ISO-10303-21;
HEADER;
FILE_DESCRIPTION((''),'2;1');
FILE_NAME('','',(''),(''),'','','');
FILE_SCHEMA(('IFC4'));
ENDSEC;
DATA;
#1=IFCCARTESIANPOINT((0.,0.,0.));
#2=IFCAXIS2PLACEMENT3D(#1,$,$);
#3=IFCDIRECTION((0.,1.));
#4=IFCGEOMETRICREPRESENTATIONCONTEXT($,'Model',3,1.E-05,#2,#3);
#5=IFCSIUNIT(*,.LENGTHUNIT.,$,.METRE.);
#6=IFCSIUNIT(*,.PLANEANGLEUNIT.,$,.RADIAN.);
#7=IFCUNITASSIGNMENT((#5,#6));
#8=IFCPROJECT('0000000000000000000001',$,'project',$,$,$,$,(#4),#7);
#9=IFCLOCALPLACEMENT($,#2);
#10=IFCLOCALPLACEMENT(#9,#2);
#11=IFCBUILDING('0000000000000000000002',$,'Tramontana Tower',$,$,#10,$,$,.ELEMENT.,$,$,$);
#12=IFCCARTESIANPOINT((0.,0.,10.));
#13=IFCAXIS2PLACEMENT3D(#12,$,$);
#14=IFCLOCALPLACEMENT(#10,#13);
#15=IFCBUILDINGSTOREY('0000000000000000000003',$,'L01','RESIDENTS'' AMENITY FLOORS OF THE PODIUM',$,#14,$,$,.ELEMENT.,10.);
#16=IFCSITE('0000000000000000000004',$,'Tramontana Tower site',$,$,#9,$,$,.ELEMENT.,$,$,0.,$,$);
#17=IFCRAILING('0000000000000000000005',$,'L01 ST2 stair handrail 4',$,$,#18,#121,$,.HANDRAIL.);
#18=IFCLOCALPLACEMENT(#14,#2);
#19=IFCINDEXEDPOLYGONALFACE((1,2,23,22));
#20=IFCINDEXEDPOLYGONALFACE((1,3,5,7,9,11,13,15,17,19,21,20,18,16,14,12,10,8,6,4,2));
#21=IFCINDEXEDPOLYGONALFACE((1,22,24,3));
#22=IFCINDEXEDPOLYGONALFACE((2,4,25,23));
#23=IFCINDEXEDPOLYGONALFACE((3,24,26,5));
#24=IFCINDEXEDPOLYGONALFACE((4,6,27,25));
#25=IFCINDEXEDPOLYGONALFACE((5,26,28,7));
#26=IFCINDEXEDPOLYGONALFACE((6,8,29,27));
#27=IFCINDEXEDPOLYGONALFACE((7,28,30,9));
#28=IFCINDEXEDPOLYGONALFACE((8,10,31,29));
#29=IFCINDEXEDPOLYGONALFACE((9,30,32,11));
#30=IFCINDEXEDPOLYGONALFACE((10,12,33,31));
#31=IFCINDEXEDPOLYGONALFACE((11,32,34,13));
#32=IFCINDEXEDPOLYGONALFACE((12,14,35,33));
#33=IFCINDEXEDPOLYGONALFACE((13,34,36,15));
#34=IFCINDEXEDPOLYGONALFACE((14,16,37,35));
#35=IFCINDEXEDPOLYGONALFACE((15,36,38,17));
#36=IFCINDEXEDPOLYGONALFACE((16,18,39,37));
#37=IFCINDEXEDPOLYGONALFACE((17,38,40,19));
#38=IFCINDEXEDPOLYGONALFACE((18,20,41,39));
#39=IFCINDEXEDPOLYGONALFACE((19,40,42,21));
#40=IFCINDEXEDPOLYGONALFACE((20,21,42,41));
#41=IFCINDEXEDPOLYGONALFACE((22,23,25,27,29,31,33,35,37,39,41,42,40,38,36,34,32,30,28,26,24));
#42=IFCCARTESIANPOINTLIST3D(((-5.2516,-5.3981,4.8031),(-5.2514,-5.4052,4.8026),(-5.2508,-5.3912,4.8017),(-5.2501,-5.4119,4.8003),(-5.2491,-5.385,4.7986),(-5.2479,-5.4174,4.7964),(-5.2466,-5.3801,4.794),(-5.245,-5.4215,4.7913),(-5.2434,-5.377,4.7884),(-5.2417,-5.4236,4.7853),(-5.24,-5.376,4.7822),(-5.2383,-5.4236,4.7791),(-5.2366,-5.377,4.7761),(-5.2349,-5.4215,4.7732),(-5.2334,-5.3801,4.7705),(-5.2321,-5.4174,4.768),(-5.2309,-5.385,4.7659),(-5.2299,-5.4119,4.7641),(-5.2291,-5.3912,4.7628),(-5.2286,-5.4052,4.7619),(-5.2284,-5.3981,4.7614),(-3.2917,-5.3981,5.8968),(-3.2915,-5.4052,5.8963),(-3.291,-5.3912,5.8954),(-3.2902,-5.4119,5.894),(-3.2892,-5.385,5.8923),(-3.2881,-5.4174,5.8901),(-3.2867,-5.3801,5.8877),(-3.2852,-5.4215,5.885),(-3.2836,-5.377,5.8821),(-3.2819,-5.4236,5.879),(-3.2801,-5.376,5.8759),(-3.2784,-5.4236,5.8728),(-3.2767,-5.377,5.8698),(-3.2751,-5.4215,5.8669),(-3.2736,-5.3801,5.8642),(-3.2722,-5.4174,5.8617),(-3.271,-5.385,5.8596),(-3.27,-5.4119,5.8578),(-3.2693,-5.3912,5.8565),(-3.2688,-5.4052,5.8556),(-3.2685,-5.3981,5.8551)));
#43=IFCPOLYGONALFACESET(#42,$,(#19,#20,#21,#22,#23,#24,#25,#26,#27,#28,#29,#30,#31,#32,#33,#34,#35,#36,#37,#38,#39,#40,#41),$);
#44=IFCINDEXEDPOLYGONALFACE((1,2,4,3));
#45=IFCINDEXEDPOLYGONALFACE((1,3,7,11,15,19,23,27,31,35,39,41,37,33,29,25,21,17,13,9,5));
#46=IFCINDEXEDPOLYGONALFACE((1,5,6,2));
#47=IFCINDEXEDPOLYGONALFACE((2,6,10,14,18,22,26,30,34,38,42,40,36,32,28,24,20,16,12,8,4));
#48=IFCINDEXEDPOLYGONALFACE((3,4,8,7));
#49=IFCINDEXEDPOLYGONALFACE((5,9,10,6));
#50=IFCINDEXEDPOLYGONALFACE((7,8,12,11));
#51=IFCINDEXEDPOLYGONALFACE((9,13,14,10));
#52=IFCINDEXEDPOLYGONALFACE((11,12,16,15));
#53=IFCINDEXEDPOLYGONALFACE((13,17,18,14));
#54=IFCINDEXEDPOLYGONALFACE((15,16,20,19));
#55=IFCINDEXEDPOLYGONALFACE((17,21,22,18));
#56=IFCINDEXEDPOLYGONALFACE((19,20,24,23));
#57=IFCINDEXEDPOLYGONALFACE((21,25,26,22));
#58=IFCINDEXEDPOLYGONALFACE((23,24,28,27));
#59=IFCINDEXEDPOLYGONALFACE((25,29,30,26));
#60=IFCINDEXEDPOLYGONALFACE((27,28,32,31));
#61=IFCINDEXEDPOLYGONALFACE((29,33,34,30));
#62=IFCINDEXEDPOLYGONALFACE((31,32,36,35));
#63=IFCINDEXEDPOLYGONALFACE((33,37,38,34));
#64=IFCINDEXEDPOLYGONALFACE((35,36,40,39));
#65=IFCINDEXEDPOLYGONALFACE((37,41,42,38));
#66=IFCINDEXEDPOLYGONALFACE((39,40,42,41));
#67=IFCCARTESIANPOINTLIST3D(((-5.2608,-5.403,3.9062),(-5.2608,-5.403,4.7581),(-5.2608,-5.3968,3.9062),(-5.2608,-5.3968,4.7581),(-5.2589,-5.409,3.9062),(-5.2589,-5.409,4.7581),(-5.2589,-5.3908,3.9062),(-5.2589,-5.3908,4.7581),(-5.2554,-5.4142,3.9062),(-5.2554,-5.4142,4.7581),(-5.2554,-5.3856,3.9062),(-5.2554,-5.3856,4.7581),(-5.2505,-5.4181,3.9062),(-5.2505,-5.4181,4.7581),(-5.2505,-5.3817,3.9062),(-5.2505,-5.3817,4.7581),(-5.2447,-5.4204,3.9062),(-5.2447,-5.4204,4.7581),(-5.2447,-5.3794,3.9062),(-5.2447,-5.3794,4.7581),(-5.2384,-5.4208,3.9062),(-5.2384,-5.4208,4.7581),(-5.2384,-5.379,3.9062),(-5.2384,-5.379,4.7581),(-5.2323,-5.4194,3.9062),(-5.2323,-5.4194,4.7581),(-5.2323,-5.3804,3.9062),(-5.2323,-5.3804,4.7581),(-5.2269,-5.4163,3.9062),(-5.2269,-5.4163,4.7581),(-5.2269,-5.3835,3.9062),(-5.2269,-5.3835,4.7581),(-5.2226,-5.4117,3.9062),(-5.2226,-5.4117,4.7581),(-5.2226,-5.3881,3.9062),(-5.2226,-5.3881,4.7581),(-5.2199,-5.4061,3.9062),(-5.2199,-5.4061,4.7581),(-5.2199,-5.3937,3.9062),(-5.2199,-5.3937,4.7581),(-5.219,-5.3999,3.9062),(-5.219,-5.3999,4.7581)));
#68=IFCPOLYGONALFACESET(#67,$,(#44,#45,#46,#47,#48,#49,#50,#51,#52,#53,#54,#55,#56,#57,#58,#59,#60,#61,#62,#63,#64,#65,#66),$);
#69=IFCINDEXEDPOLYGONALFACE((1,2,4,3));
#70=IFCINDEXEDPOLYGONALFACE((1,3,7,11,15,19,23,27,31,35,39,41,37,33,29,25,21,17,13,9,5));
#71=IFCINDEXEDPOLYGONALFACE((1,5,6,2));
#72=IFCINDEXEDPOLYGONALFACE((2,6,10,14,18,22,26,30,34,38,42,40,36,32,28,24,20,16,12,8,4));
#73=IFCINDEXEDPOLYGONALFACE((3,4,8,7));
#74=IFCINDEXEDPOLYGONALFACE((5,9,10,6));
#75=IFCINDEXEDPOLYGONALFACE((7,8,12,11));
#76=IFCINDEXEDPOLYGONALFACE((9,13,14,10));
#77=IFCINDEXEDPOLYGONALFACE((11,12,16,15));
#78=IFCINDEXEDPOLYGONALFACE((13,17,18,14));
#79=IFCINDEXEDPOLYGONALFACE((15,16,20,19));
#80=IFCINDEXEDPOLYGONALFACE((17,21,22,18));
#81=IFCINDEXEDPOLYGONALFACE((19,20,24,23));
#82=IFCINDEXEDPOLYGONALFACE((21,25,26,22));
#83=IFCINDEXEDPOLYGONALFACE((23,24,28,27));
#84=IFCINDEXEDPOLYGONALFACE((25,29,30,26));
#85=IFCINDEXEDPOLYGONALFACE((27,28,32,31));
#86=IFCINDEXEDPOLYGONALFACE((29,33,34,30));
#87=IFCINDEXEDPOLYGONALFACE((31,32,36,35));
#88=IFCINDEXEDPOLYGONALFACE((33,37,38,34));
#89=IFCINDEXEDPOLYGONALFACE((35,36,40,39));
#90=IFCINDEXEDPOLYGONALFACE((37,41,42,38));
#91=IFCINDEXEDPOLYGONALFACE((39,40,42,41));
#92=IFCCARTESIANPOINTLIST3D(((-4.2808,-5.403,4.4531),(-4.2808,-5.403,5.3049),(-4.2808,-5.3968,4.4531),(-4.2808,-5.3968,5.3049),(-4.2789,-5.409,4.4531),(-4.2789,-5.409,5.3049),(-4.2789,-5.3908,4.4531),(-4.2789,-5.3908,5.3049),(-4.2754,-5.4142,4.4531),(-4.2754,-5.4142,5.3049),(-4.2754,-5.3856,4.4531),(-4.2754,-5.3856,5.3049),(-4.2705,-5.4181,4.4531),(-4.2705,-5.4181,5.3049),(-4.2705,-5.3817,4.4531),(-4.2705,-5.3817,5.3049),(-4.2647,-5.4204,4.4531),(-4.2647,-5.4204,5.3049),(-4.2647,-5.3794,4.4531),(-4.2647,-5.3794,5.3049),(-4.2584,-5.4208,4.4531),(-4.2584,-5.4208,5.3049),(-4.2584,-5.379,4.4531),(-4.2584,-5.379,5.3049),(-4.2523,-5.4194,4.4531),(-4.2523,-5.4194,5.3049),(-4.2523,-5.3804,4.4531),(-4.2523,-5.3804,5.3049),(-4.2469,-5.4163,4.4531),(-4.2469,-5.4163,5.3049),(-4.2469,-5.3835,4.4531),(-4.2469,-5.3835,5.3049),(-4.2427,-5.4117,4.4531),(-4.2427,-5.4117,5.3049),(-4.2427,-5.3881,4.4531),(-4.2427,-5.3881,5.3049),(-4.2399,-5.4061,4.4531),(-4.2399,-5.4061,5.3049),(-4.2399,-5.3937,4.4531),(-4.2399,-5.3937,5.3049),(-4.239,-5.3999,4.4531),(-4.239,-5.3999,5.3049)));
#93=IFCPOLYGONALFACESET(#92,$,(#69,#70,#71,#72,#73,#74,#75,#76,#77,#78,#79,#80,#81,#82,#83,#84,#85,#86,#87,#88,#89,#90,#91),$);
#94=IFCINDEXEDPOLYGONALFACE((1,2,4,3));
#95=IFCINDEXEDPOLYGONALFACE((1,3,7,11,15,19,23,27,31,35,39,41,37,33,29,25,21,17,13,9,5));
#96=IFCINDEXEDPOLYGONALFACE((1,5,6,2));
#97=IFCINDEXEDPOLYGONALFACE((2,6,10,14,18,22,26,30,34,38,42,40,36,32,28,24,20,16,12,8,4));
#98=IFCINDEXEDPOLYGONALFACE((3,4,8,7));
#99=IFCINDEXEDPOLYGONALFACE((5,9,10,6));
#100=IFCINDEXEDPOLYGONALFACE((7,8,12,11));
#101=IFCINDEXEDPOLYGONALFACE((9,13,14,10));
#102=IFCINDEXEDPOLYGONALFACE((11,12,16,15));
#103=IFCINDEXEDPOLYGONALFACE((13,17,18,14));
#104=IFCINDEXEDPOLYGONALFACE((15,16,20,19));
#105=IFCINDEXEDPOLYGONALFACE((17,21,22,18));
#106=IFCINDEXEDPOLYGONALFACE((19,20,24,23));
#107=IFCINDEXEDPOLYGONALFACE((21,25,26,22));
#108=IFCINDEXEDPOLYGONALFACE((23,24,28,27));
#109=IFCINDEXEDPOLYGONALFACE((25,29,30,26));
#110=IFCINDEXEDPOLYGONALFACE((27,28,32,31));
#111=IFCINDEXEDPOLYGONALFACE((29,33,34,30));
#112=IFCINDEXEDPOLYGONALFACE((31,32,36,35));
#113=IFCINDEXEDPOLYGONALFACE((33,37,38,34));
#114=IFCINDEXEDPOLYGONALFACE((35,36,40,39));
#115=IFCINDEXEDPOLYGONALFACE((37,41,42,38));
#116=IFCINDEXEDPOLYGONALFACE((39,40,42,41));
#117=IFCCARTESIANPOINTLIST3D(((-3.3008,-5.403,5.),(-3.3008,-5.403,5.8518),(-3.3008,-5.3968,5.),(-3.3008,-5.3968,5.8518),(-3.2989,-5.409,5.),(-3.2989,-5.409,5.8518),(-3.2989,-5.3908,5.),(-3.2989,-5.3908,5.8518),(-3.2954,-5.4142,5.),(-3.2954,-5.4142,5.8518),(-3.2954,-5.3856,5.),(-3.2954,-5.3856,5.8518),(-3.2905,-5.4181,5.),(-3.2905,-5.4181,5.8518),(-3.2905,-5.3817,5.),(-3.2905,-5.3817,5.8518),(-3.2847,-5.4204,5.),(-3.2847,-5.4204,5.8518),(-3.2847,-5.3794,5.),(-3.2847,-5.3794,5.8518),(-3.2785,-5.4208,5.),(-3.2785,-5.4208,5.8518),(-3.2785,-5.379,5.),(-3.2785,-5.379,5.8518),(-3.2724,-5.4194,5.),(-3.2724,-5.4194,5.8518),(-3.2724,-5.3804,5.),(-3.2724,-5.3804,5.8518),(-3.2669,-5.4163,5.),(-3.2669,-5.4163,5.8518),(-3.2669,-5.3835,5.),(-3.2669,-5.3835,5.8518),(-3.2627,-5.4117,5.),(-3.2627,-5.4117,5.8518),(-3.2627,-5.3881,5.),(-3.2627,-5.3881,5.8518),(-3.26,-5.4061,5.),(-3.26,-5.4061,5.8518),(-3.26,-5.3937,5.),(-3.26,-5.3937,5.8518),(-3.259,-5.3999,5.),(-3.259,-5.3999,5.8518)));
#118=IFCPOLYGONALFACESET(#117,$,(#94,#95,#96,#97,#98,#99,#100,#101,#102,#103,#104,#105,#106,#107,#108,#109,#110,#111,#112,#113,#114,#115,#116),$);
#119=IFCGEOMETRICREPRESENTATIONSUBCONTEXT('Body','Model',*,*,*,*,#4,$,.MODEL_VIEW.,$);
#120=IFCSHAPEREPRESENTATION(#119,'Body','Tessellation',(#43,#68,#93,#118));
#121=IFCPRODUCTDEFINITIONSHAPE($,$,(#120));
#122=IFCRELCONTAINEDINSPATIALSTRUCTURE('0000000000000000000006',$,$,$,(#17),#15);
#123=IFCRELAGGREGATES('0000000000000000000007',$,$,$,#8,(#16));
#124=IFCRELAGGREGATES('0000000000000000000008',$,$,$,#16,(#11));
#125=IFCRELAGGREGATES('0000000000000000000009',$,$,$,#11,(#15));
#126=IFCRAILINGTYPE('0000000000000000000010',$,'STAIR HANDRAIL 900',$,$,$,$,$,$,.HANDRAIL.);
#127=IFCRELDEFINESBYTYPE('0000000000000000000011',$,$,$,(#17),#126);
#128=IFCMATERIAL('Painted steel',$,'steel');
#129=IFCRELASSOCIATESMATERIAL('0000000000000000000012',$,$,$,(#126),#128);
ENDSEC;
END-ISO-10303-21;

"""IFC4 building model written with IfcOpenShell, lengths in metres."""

from ifc_helpers import new_model, si_unit, direction, frame, origin, origin_2d, place, context, subcontext, project, spatial, circle, extrude, material, type_object, element, save


model = new_model("IFC4")

# Units and contexts
model_context = context("Model", 3, precision=1e-05, world=origin(), true_north=direction((0.0, 1.0)))
body_context = subcontext(model_context, "Body", "Model", "MODEL_VIEW")
ifc_project = project(units=[si_unit("LENGTHUNIT", "METRE"), si_unit("PLANEANGLEUNIT", "RADIAN")], contexts=[model_context])

# Site, building, storey
site_placement = place(None, origin())
site = spatial("IfcSite", under=ifc_project, at=site_placement, Name="Tramontana Tower site", CompositionType="ELEMENT", RefElevation=0.0)
building_placement = place(site_placement, origin())
building = spatial("IfcBuilding", under=site, at=building_placement, Name="Tramontana Tower", CompositionType="ELEMENT")
storey_placement = place(building_placement, frame((0.0, 0.0, 10.0)))
storey = spatial("IfcBuildingStorey", under=building, at=storey_placement, Name="L01", Description="RESIDENTS' AMENITY FLOORS OF THE PODIUM", CompositionType="ELEMENT", Elevation=10.0)

# Railing
ifc_material_1 = material(Name="Painted steel", Category="steel")
railing_type_1 = type_object("IfcRailingType", Name="STAIR HANDRAIL 900", PredefinedType="HANDRAIL", material=ifc_material_1)
railing_1_placement = place(storey_placement, frame((-5.24, -5.3999, 3.9062)))
element("IfcRailing", 1, at=railing_1_placement, inside=storey, type_object=railing_type_1, Name="L01 ST2 stair handrail 4", PredefinedType="HANDRAIL", context=body_context, shape_type="SweptSolid", body=[
    extrude(circle(Radius=0.0239, at=origin_2d()), frame((0.0, 0.0, 0.876), z_axis=(0.873232, 0.0, 0.487304), x_axis=(0.0, 1.0, 0.0)), (0.0, 0.0, 1.0), 2.2444),
    extrude(circle(Radius=0.021, at=origin_2d()), origin(), (0.0, 0.0, 1.0), 0.8518),
    extrude(circle(Radius=0.021, at=origin_2d()), frame((0.98, 0.0, 0.5469)), (0.0, 0.0, 1.0), 0.8518),
    extrude(circle(Radius=0.021, at=origin_2d()), frame((1.96, 0.0, 1.0938)), (0.0, 0.0, 1.0), 0.8518),
])

save(model, "model.ifc")
